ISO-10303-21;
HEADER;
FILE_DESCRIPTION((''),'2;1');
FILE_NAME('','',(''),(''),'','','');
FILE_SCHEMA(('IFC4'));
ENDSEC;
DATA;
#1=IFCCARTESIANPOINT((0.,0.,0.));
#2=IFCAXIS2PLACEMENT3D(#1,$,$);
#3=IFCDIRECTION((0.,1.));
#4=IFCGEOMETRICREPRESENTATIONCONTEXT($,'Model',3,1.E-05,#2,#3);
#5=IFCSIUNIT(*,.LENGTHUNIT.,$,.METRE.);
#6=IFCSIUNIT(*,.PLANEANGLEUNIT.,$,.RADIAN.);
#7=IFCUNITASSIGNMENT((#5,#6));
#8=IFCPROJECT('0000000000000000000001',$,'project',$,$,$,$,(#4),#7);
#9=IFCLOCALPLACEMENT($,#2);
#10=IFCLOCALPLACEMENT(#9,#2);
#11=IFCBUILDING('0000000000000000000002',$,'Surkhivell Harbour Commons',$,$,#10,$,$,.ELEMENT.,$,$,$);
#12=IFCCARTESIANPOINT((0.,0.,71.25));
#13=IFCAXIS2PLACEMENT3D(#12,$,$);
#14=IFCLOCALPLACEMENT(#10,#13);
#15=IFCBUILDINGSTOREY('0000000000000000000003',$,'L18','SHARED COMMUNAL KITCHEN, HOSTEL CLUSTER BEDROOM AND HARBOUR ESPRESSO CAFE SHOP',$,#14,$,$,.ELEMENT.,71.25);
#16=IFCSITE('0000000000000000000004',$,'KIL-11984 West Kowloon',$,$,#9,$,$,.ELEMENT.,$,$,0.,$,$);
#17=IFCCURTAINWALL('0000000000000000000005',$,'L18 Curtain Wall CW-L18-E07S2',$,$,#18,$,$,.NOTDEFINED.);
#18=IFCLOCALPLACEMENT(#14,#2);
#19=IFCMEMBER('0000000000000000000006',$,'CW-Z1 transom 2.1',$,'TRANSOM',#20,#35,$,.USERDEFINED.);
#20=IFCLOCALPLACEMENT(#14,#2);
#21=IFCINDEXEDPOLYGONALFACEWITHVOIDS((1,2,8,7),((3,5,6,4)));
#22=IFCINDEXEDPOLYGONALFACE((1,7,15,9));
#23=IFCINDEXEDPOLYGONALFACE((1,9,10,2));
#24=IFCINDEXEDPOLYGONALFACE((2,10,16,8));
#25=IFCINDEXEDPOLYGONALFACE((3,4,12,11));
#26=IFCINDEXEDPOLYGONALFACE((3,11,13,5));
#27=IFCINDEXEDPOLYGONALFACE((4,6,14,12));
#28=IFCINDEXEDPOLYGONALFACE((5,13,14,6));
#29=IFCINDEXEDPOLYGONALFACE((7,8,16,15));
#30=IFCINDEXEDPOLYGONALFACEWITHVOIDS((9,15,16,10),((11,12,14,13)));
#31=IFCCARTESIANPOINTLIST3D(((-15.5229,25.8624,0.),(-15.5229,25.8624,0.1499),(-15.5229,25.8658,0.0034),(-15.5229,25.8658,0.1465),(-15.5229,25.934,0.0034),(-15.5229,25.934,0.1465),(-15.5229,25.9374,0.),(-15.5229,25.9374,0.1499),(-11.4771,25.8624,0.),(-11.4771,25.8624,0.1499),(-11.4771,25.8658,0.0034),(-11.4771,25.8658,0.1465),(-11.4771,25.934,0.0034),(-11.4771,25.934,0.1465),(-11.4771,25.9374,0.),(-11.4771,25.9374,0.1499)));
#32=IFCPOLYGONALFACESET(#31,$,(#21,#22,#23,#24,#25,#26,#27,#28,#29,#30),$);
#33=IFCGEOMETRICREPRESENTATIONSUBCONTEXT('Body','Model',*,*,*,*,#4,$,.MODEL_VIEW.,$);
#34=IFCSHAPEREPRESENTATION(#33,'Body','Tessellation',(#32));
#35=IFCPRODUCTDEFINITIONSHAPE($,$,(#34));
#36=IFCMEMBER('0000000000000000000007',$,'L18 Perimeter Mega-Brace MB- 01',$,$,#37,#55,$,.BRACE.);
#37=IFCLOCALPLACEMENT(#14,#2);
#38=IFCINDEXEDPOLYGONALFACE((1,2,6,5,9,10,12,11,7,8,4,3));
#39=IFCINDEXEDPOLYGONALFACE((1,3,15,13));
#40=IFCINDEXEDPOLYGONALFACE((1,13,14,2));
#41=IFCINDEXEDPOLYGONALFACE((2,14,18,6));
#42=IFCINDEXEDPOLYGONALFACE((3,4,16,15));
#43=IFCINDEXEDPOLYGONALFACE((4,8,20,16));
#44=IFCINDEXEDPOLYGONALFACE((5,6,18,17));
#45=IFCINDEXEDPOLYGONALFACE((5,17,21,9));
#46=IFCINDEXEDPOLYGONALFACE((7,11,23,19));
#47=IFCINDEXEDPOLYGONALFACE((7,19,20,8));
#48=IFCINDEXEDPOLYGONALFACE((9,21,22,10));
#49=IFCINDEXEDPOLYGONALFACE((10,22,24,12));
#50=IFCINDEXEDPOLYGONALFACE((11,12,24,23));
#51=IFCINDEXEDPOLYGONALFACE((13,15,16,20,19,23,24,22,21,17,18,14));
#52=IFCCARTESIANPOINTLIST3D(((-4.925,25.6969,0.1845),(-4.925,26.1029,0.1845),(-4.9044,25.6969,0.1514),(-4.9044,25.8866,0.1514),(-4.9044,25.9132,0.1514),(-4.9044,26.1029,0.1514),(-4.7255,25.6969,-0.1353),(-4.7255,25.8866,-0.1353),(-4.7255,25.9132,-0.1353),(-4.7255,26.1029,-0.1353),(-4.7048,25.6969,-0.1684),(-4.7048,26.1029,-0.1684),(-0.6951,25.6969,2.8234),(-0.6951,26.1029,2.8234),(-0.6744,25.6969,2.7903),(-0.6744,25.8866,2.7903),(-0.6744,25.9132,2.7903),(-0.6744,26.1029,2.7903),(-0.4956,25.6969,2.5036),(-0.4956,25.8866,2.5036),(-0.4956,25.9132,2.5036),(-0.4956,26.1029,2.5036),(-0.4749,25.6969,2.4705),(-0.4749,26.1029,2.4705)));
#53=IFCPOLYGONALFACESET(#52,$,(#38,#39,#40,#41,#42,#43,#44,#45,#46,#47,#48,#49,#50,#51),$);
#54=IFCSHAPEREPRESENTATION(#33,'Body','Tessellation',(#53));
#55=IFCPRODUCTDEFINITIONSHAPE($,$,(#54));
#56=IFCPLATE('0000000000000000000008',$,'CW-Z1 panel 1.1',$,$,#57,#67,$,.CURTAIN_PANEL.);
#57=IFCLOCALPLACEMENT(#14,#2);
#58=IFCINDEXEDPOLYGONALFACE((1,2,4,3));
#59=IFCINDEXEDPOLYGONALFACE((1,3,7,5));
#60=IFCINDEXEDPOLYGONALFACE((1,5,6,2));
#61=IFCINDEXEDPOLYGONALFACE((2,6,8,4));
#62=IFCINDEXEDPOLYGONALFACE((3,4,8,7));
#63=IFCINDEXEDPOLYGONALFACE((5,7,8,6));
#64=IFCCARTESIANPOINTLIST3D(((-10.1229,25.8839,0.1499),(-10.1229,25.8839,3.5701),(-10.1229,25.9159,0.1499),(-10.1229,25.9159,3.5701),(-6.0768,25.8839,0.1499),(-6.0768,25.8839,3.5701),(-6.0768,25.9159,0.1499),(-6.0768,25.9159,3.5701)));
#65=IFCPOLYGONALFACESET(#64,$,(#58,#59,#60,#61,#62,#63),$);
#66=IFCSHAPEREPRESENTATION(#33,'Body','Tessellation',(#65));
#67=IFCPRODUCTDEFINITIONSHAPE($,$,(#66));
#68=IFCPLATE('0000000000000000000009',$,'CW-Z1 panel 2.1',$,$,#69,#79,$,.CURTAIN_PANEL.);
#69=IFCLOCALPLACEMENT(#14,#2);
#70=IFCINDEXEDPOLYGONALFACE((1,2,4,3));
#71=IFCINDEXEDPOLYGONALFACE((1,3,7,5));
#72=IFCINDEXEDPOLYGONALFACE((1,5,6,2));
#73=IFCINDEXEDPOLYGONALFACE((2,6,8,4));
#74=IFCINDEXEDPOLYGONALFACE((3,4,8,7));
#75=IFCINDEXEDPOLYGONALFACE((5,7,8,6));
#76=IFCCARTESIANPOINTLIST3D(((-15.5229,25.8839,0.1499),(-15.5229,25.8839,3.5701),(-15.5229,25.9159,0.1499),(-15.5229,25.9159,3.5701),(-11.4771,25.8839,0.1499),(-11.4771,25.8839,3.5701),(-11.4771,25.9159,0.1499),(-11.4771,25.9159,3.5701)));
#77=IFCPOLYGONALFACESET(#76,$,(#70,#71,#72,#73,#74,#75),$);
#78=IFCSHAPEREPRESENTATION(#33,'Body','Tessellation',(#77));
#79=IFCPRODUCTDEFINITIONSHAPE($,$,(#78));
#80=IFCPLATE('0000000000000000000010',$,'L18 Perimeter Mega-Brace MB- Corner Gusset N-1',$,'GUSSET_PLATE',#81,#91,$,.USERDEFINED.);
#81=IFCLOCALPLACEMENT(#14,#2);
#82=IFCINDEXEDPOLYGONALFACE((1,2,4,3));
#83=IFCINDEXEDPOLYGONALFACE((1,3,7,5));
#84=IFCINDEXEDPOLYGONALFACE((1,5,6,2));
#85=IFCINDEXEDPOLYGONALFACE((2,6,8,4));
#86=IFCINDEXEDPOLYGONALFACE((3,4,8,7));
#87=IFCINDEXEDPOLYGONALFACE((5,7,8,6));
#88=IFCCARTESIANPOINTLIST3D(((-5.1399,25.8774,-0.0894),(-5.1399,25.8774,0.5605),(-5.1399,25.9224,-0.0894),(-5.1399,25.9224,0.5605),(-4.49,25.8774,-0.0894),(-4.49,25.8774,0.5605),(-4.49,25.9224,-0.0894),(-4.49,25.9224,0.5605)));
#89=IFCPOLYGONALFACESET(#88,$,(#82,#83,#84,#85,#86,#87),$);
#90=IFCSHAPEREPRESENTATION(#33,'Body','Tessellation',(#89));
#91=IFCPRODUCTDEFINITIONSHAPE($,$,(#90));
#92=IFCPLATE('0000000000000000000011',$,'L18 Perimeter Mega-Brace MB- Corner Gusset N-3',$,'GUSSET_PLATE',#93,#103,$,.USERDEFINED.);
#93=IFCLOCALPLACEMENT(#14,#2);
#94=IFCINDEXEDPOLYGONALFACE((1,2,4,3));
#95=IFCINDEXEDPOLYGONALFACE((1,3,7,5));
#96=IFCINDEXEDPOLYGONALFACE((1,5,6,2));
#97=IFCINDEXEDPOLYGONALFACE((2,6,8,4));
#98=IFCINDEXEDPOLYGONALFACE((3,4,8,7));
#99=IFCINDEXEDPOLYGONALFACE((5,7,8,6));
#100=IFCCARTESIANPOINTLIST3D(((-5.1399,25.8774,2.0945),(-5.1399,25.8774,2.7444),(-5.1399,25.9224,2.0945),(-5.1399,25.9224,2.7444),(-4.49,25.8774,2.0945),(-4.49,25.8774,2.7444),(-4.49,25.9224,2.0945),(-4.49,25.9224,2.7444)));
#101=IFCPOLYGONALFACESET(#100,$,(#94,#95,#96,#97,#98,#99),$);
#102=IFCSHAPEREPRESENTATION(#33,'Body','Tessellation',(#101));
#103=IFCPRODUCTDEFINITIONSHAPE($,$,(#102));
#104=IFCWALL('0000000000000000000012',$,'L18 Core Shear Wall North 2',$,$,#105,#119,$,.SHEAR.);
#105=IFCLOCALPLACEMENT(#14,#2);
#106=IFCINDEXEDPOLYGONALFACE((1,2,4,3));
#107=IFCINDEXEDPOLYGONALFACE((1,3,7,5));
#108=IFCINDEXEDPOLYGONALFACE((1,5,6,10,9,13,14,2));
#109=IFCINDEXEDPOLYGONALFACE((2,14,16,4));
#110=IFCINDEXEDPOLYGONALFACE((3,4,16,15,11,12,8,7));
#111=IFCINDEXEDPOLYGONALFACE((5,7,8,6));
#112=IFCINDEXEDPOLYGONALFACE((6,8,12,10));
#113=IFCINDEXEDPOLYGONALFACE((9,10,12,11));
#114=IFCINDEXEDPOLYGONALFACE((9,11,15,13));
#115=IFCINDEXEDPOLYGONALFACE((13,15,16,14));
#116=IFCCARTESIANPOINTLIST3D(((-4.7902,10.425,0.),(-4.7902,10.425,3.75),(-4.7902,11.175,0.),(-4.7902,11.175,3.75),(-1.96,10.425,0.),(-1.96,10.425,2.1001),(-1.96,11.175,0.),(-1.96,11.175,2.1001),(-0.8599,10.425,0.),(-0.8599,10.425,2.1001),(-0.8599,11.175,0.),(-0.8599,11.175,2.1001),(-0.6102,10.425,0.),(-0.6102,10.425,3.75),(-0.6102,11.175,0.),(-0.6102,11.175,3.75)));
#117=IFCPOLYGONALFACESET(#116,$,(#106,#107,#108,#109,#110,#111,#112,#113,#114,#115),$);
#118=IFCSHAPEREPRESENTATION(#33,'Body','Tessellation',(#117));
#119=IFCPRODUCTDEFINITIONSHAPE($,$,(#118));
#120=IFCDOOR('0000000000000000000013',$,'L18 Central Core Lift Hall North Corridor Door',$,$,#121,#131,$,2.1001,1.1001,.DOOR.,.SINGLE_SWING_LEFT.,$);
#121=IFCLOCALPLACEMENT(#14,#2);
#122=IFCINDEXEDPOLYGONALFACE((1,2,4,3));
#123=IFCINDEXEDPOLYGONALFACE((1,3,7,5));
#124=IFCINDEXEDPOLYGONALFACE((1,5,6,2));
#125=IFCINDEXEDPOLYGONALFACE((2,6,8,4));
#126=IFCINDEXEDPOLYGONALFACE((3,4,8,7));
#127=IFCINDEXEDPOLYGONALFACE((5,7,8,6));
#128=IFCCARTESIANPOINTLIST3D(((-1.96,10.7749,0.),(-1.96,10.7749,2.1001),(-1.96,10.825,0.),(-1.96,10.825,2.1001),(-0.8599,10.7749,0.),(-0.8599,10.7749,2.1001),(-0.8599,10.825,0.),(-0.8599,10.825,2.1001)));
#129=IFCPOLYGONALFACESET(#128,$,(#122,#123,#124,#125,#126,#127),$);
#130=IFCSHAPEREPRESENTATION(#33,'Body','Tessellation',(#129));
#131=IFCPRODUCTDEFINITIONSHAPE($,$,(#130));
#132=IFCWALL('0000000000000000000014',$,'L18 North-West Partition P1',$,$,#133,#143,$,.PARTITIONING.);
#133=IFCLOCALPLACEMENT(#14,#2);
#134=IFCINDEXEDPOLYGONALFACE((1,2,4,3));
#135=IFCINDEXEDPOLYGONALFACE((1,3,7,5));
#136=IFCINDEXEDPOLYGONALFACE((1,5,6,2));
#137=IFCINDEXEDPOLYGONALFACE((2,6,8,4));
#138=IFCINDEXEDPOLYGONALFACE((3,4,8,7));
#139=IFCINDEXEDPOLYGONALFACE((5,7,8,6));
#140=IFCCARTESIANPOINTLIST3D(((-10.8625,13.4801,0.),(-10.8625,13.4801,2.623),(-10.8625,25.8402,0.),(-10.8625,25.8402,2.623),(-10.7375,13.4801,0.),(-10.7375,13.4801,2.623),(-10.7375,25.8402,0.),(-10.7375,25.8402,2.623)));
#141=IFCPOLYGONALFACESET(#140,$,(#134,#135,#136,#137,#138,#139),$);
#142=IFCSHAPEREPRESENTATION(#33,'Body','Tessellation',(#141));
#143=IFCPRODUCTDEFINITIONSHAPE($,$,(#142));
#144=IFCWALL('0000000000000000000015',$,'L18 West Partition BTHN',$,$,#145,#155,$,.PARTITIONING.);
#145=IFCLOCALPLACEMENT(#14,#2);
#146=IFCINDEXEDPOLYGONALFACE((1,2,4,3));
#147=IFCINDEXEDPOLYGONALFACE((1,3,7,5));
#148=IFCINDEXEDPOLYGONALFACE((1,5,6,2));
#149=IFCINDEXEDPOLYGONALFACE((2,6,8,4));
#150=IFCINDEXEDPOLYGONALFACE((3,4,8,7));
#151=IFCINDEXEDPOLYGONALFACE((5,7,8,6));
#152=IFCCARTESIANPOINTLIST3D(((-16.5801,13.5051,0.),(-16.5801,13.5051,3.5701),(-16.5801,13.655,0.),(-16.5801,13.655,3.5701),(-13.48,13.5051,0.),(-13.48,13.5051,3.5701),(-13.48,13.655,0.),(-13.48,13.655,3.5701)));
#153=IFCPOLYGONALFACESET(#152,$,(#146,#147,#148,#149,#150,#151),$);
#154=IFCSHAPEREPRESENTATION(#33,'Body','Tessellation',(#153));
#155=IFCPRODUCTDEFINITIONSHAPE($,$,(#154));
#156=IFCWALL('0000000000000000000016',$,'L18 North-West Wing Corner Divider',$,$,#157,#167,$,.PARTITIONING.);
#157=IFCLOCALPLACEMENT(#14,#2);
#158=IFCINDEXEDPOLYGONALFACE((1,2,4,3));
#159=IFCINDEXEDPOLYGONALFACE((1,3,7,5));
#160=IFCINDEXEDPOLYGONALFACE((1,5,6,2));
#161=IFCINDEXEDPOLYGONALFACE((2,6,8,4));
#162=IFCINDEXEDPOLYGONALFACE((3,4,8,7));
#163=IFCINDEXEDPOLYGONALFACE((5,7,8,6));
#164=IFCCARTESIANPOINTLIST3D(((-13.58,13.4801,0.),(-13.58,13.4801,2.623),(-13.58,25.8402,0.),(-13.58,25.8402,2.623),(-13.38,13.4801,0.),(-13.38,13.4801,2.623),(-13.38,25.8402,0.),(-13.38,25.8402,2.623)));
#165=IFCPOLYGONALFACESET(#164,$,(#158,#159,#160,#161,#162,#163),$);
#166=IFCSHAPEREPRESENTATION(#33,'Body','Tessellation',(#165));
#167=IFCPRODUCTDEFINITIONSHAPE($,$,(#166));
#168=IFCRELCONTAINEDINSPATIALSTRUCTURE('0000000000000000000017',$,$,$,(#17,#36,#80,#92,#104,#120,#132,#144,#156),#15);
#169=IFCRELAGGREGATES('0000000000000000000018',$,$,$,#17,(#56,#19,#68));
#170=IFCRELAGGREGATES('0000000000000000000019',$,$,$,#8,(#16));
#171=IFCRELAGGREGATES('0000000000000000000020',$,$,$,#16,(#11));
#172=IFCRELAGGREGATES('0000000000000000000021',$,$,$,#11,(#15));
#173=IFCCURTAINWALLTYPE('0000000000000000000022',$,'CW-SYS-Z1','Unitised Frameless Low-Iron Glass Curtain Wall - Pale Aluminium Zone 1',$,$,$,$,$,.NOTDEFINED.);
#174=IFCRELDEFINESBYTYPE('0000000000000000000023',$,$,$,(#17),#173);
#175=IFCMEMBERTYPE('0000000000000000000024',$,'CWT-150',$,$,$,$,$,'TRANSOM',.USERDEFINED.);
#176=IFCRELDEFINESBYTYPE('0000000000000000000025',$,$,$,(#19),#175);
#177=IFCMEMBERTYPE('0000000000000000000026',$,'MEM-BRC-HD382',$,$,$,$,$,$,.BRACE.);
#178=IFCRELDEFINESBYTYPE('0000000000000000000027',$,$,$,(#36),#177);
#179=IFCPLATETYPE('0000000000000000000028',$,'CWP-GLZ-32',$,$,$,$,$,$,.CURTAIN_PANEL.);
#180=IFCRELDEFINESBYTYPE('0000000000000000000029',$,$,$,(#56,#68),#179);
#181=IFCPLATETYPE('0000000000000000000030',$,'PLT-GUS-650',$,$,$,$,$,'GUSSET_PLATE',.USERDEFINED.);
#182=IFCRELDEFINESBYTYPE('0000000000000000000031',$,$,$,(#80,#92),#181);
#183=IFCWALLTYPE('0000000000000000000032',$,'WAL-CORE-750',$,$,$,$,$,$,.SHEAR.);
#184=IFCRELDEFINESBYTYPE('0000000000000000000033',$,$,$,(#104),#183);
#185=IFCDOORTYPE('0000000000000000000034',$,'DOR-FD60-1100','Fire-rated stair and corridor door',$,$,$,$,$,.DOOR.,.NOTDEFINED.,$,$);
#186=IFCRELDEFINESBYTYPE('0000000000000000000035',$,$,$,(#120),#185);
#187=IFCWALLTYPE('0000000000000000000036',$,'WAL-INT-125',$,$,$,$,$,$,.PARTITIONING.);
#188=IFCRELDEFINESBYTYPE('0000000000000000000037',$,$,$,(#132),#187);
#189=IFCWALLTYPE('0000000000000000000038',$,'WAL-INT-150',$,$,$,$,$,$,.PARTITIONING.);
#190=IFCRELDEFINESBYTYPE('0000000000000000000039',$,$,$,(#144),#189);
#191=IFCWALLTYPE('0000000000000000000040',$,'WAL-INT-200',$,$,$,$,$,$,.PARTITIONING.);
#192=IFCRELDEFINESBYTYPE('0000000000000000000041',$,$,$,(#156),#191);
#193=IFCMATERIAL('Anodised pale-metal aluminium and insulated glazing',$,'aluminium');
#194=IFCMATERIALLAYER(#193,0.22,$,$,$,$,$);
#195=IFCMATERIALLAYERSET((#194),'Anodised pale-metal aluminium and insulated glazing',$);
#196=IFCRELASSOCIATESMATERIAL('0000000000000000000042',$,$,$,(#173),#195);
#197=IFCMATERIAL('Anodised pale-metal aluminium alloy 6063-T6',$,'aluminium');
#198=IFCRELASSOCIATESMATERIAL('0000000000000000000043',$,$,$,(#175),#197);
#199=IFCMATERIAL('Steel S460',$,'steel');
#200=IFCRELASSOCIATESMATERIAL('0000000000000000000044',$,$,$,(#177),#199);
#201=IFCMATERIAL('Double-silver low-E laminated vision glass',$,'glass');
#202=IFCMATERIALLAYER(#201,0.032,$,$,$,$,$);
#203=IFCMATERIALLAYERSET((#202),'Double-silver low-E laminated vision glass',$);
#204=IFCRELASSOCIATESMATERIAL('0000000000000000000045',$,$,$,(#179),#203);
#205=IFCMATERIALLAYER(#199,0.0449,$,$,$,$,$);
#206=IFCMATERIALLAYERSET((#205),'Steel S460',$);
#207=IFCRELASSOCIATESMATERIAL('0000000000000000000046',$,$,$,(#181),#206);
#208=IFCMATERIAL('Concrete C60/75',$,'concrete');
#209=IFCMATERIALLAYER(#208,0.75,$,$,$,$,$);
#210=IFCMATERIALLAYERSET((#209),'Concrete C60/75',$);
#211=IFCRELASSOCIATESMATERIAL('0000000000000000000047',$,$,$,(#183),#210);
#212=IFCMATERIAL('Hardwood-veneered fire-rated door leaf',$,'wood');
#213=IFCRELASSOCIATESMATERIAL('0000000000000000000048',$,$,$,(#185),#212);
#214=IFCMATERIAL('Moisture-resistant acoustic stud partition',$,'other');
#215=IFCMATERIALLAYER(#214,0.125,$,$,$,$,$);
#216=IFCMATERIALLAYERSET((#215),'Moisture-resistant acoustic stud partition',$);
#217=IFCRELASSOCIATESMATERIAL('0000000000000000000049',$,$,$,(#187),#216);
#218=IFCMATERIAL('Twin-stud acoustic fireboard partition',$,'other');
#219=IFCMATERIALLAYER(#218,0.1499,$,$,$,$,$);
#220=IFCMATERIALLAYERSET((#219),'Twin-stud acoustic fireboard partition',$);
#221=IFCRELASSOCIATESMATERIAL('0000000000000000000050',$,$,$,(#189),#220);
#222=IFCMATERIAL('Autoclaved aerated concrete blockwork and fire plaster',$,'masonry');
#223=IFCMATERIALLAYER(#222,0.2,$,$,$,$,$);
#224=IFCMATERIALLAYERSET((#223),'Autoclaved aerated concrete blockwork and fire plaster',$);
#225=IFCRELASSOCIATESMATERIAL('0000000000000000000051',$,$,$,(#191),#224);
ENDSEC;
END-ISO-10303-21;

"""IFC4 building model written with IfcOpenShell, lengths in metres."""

from ifc_helpers import new_model, si_unit, direction, frame, frame_2d, origin, origin_2d, place, context, subcontext, project, spatial, rectangle, hollow_rectangle, i_section, extrude, material, layer, layer_set, material_profile, profile_set, type_object, element, fill, aggregate, save


model = new_model("IFC4")

# Units and contexts
model_context = context("Model", 3, precision=1e-05, world=origin(), true_north=direction((0.0, 1.0)))
body_context = subcontext(model_context, "Body", "Model", "MODEL_VIEW")
ifc_project = project(units=[si_unit("LENGTHUNIT", "METRE"), si_unit("PLANEANGLEUNIT", "RADIAN")], contexts=[model_context])

# Site, building, storey
site_placement = place(None, origin())
site = spatial("IfcSite", under=ifc_project, at=site_placement, Name="KIL-11984 West Kowloon", CompositionType="ELEMENT", RefElevation=0.0)
building_placement = place(site_placement, origin())
building = spatial("IfcBuilding", under=site, at=building_placement, Name="Surkhivell Harbour Commons", CompositionType="ELEMENT")
storey_placement = place(building_placement, frame((0.0, 0.0, 71.25)))
storey = spatial("IfcBuildingStorey", under=building, at=storey_placement, Name="L18", Description="SHARED COMMUNAL KITCHEN, HOSTEL CLUSTER BEDROOM AND HARBOUR ESPRESSO CAFE SHOP", CompositionType="ELEMENT", Elevation=71.25)

# Shared definitions
ifc_material_1 = material(Name="Steel S460", Category="steel")

# Curtain wall, member
ifc_material_2 = material(Name="Anodised pale-metal aluminium and insulated glazing", Category="aluminium")
ifc_layer_1 = layer(ifc_material_2, 0.22)
ifc_layer_set_1 = layer_set([ifc_layer_1], Name="Anodised pale-metal aluminium and insulated glazing")
curtain_wall_type = type_object("IfcCurtainWallType", Name="CW-SYS-Z1", Description="Unitised Frameless Low-Iron Glass Curtain Wall - Pale Aluminium Zone 1", PredefinedType="NOTDEFINED", material=ifc_layer_set_1)
curtain_wall_placement = place(storey_placement, origin())
curtain_wall = element("IfcCurtainWall", 1, at=curtain_wall_placement, inside=storey, type_object=curtain_wall_type, Name="L18 Curtain Wall CW-L18-E07S2", PredefinedType="NOTDEFINED")
ifc_material_3 = material(Name="Anodised pale-metal aluminium alloy 6063-T6", Category="aluminium")
ifc_material_profile_1 = material_profile(ifc_material_3, hollow_rectangle(XDim=0.075, YDim=0.1499, WallThickness=0.0034, at=origin_2d()), Name="ALU-TRAN-75x150")
ifc_profile_set_1 = profile_set([ifc_material_profile_1], Name="Anodised pale-metal aluminium alloy 6063-T6")
member_type_1 = type_object("IfcMemberType", Name="CWT-150", ElementType="TRANSOM", PredefinedType="USERDEFINED", material=ifc_profile_set_1)
member_1_placement = place(storey_placement, frame((-11.4771, 25.8999, 0.075), z_axis=(-1.0, 0.0, 0.0), x_axis=(0.0, -1.0, 0.0)))
member_1 = element("IfcMember", 2, at=member_1_placement, type_object=member_type_1, Name="CW-Z1 transom 2.1", ObjectType="TRANSOM", PredefinedType="USERDEFINED", context=body_context, shape_type="SweptSolid", body=[
    extrude(hollow_rectangle(XDim=0.075, YDim=0.1499, WallThickness=0.0034, at=origin_2d()), origin(), (0.0, 0.0, 1.0), 4.0459),
])

# Member
ifc_material_profile_2 = material_profile(ifc_material_1, i_section(OverallWidth=0.406, OverallDepth=0.416, WebThickness=0.0266, FlangeThickness=0.0391, at=origin_2d()), Name="HD400x382")
ifc_profile_set_2 = profile_set([ifc_material_profile_2], Name="Steel S460")
member_type_2 = type_object("IfcMemberType", Name="MEM-BRC-HD382", PredefinedType="BRACE", material=ifc_profile_set_2)
member_2_placement = place(storey_placement, frame((-4.8149, 25.8999, 0.0081), z_axis=(0.848433, 0.0, 0.529303), x_axis=(0.0, 1.0, 0.0)))
element("IfcMember", 3, at=member_2_placement, inside=storey, type_object=member_type_2, Name="L18 Perimeter Mega-Brace MB- 01", PredefinedType="BRACE", context=body_context, shape_type="SweptSolid", body=[
    extrude(i_section(OverallWidth=0.406, OverallDepth=0.416, WebThickness=0.0266, FlangeThickness=0.0391, at=origin_2d()), origin(), (0.0, 0.0, 1.0), 4.9856),
])

# Plates
ifc_material_4 = material(Name="Double-silver low-E laminated vision glass", Category="glass")
ifc_layer_2 = layer(ifc_material_4, 0.032)
ifc_layer_set_2 = layer_set([ifc_layer_2], Name="Double-silver low-E laminated vision glass")
plate_type_1 = type_object("IfcPlateType", Name="CWP-GLZ-32", PredefinedType="CURTAIN_PANEL", material=ifc_layer_set_2)
plate_1_placement = place(storey_placement, frame((-6.0769, 25.8999, 0.1499), z_axis=(0.0, 0.0, 1.0), x_axis=(-1.0, 0.0, 0.0)))
plate_1 = element("IfcPlate", 4, at=plate_1_placement, type_object=plate_type_1, Name="CW-Z1 panel 1.1", PredefinedType="CURTAIN_PANEL", context=body_context, shape_type="SweptSolid", body=[
    extrude(rectangle(XDim=4.0461, YDim=0.032, at=frame_2d((2.0229, 0.0))), origin(), (0.0, 0.0, 1.0), 3.4202),
])
plate_2_placement = place(storey_placement, frame((-11.4771, 25.8999, 0.1499), z_axis=(0.0, 0.0, 1.0), x_axis=(-1.0, 0.0, 0.0)))
plate_2 = element("IfcPlate", 5, at=plate_2_placement, type_object=plate_type_1, Name="CW-Z1 panel 2.1", PredefinedType="CURTAIN_PANEL", context=body_context, shape_type="SweptSolid", body=[
    extrude(rectangle(XDim=4.0459, YDim=0.032, at=frame_2d((2.0229, 0.0))), origin(), (0.0, 0.0, 1.0), 3.4202),
])
aggregate(curtain_wall, [plate_1, member_1, plate_2])

# Plates
ifc_layer_3 = layer(ifc_material_1, 0.0449)
ifc_layer_set_3 = layer_set([ifc_layer_3], Name="Steel S460")
plate_type_2 = type_object("IfcPlateType", Name="PLT-GUS-650", ElementType="GUSSET_PLATE", PredefinedType="USERDEFINED", material=ifc_layer_set_3)
for number, where, z_axis, x_axis, name in (
    (6, (-4.8149, 25.8999, -0.0894), (0.0, 0.0, 1.0), (1.0, 0.0, 0.0), "L18 Perimeter Mega-Brace MB- Corner Gusset N-1"),
    (7, (-4.8149, 25.8999, 2.0945), (0.0, 0.0, 1.0), (1.0, 0.0, 0.0), "L18 Perimeter Mega-Brace MB- Corner Gusset N-3"),
):
    element("IfcPlate", number, at=place(storey_placement, frame(where, z_axis=z_axis, x_axis=x_axis)), inside=storey, type_object=plate_type_2, Name=name, ObjectType="GUSSET_PLATE", PredefinedType="USERDEFINED", context=body_context, shape_type="SweptSolid", body=[
        extrude(rectangle(XDim=0.6499, YDim=0.0449, at=origin_2d()), origin(), (0.0, 0.0, 1.0), 0.6499),
    ])

# Wall, opening, door
ifc_material_5 = material(Name="Concrete C60/75", Category="concrete")
ifc_layer_4 = layer(ifc_material_5, 0.75)
ifc_layer_set_4 = layer_set([ifc_layer_4], Name="Concrete C60/75")
wall_type_1 = type_object("IfcWallType", Name="WAL-CORE-750", PredefinedType="SHEAR", material=ifc_layer_set_4)
wall_1_placement = place(storey_placement, frame((-4.79, 10.8, 0.0), z_axis=(0.0, 0.0, 1.0), x_axis=(1.0, 0.0, 0.0)))
wall_1 = element("IfcWall", 8, at=wall_1_placement, inside=storey, type_object=wall_type_1, Name="L18 Core Shear Wall North 2", PredefinedType="SHEAR", context=body_context, shape_type="SweptSolid", body=[
    extrude(rectangle(XDim=4.1799, YDim=0.75, at=frame_2d((2.0898, 0.0))), origin(), (0.0, 0.0, 1.0), 3.75),
])
opening_1_placement = place(wall_1_placement, frame((2.8301, 0.0, 0.0)))
opening_1 = element("IfcOpeningElement", 9, at=opening_1_placement, cuts=wall_1, PredefinedType="OPENING", context=body_context, shape_type="SweptSolid", body=[
    extrude(rectangle(XDim=1.1001, YDim=2.1001, at=frame_2d((0.55, 1.05))), frame((0.0, 0.385, 0.0), z_axis=(0.0, -1.0, 0.0), x_axis=(1.0, 0.0, 0.0)), (0.0, 0.0, 1.0), 0.77),
])
ifc_material_6 = material(Name="Hardwood-veneered fire-rated door leaf", Category="wood")
door_type_1 = type_object("IfcDoorType", Name="DOR-FD60-1100", Description="Fire-rated stair and corridor door", OperationType="NOTDEFINED", PredefinedType="DOOR", material=ifc_material_6)
door_1_placement = place(opening_1_placement, origin())
door_1 = element("IfcDoor", 10, at=door_1_placement, inside=storey, type_object=door_type_1, Name="L18 Central Core Lift Hall North Corridor Door", OperationType="SINGLE_SWING_LEFT", OverallHeight=2.1001, OverallWidth=1.1001, PredefinedType="DOOR", context=body_context, shape_type="SweptSolid", body=[
    extrude(rectangle(XDim=1.1001, YDim=2.1001, at=frame_2d((0.55, 1.05))), frame((0.0, 0.0249, 0.0), z_axis=(0.0, -1.0, 0.0), x_axis=(1.0, 0.0, 0.0)), (0.0, 0.0, 1.0), 0.05),
])
fill(opening_1, door_1)

# Walls
ifc_material_7 = material(Name="Moisture-resistant acoustic stud partition", Category="other")
ifc_layer_5 = layer(ifc_material_7, 0.125)
ifc_layer_set_5 = layer_set([ifc_layer_5], Name="Moisture-resistant acoustic stud partition")
wall_type_2 = type_object("IfcWallType", Name="WAL-INT-125", PredefinedType="PARTITIONING", material=ifc_layer_set_5)
wall_2_placement = place(storey_placement, frame((-10.8, 13.48, 0.0), z_axis=(0.0, 0.0, 1.0), x_axis=(0.0, 1.0, 0.0)))
element("IfcWall", 11, at=wall_2_placement, inside=storey, type_object=wall_type_2, Name="L18 North-West Partition P1", PredefinedType="PARTITIONING", context=body_context, shape_type="SweptSolid", body=[
    extrude(rectangle(XDim=12.3601, YDim=0.125, at=frame_2d((6.1802, 0.0))), origin(), (0.0, 0.0, 1.0), 2.623),
])
ifc_material_8 = material(Name="Twin-stud acoustic fireboard partition", Category="other")
ifc_layer_6 = layer(ifc_material_8, 0.1499)
ifc_layer_set_6 = layer_set([ifc_layer_6], Name="Twin-stud acoustic fireboard partition")
wall_type_3 = type_object("IfcWallType", Name="WAL-INT-150", PredefinedType="PARTITIONING", material=ifc_layer_set_6)
wall_3_placement = place(storey_placement, frame((-16.5801, 13.5801, 0.0), z_axis=(0.0, 0.0, 1.0), x_axis=(1.0, 0.0, 0.0)))
element("IfcWall", 12, at=wall_3_placement, inside=storey, type_object=wall_type_3, Name="L18 West Partition BTHN", PredefinedType="PARTITIONING", context=body_context, shape_type="SweptSolid", body=[
    extrude(rectangle(XDim=3.1001, YDim=0.1499, at=frame_2d((1.55, 0.0))), origin(), (0.0, 0.0, 1.0), 3.5701),
])
ifc_material_9 = material(Name="Autoclaved aerated concrete blockwork and fire plaster", Category="masonry")
ifc_layer_7 = layer(ifc_material_9, 0.2)
ifc_layer_set_7 = layer_set([ifc_layer_7], Name="Autoclaved aerated concrete blockwork and fire plaster")
wall_type_4 = type_object("IfcWallType", Name="WAL-INT-200", PredefinedType="PARTITIONING", material=ifc_layer_set_7)
wall_4_placement = place(storey_placement, frame((-13.48, 13.48, 0.0), z_axis=(0.0, 0.0, 1.0), x_axis=(0.0, 1.0, 0.0)))
element("IfcWall", 13, at=wall_4_placement, inside=storey, type_object=wall_type_4, Name="L18 North-West Wing Corner Divider", PredefinedType="PARTITIONING", context=body_context, shape_type="SweptSolid", body=[
    extrude(rectangle(XDim=12.3601, YDim=0.2, at=frame_2d((6.1802, 0.0))), origin(), (0.0, 0.0, 1.0), 2.623),
])

save(model, "model.ifc")
